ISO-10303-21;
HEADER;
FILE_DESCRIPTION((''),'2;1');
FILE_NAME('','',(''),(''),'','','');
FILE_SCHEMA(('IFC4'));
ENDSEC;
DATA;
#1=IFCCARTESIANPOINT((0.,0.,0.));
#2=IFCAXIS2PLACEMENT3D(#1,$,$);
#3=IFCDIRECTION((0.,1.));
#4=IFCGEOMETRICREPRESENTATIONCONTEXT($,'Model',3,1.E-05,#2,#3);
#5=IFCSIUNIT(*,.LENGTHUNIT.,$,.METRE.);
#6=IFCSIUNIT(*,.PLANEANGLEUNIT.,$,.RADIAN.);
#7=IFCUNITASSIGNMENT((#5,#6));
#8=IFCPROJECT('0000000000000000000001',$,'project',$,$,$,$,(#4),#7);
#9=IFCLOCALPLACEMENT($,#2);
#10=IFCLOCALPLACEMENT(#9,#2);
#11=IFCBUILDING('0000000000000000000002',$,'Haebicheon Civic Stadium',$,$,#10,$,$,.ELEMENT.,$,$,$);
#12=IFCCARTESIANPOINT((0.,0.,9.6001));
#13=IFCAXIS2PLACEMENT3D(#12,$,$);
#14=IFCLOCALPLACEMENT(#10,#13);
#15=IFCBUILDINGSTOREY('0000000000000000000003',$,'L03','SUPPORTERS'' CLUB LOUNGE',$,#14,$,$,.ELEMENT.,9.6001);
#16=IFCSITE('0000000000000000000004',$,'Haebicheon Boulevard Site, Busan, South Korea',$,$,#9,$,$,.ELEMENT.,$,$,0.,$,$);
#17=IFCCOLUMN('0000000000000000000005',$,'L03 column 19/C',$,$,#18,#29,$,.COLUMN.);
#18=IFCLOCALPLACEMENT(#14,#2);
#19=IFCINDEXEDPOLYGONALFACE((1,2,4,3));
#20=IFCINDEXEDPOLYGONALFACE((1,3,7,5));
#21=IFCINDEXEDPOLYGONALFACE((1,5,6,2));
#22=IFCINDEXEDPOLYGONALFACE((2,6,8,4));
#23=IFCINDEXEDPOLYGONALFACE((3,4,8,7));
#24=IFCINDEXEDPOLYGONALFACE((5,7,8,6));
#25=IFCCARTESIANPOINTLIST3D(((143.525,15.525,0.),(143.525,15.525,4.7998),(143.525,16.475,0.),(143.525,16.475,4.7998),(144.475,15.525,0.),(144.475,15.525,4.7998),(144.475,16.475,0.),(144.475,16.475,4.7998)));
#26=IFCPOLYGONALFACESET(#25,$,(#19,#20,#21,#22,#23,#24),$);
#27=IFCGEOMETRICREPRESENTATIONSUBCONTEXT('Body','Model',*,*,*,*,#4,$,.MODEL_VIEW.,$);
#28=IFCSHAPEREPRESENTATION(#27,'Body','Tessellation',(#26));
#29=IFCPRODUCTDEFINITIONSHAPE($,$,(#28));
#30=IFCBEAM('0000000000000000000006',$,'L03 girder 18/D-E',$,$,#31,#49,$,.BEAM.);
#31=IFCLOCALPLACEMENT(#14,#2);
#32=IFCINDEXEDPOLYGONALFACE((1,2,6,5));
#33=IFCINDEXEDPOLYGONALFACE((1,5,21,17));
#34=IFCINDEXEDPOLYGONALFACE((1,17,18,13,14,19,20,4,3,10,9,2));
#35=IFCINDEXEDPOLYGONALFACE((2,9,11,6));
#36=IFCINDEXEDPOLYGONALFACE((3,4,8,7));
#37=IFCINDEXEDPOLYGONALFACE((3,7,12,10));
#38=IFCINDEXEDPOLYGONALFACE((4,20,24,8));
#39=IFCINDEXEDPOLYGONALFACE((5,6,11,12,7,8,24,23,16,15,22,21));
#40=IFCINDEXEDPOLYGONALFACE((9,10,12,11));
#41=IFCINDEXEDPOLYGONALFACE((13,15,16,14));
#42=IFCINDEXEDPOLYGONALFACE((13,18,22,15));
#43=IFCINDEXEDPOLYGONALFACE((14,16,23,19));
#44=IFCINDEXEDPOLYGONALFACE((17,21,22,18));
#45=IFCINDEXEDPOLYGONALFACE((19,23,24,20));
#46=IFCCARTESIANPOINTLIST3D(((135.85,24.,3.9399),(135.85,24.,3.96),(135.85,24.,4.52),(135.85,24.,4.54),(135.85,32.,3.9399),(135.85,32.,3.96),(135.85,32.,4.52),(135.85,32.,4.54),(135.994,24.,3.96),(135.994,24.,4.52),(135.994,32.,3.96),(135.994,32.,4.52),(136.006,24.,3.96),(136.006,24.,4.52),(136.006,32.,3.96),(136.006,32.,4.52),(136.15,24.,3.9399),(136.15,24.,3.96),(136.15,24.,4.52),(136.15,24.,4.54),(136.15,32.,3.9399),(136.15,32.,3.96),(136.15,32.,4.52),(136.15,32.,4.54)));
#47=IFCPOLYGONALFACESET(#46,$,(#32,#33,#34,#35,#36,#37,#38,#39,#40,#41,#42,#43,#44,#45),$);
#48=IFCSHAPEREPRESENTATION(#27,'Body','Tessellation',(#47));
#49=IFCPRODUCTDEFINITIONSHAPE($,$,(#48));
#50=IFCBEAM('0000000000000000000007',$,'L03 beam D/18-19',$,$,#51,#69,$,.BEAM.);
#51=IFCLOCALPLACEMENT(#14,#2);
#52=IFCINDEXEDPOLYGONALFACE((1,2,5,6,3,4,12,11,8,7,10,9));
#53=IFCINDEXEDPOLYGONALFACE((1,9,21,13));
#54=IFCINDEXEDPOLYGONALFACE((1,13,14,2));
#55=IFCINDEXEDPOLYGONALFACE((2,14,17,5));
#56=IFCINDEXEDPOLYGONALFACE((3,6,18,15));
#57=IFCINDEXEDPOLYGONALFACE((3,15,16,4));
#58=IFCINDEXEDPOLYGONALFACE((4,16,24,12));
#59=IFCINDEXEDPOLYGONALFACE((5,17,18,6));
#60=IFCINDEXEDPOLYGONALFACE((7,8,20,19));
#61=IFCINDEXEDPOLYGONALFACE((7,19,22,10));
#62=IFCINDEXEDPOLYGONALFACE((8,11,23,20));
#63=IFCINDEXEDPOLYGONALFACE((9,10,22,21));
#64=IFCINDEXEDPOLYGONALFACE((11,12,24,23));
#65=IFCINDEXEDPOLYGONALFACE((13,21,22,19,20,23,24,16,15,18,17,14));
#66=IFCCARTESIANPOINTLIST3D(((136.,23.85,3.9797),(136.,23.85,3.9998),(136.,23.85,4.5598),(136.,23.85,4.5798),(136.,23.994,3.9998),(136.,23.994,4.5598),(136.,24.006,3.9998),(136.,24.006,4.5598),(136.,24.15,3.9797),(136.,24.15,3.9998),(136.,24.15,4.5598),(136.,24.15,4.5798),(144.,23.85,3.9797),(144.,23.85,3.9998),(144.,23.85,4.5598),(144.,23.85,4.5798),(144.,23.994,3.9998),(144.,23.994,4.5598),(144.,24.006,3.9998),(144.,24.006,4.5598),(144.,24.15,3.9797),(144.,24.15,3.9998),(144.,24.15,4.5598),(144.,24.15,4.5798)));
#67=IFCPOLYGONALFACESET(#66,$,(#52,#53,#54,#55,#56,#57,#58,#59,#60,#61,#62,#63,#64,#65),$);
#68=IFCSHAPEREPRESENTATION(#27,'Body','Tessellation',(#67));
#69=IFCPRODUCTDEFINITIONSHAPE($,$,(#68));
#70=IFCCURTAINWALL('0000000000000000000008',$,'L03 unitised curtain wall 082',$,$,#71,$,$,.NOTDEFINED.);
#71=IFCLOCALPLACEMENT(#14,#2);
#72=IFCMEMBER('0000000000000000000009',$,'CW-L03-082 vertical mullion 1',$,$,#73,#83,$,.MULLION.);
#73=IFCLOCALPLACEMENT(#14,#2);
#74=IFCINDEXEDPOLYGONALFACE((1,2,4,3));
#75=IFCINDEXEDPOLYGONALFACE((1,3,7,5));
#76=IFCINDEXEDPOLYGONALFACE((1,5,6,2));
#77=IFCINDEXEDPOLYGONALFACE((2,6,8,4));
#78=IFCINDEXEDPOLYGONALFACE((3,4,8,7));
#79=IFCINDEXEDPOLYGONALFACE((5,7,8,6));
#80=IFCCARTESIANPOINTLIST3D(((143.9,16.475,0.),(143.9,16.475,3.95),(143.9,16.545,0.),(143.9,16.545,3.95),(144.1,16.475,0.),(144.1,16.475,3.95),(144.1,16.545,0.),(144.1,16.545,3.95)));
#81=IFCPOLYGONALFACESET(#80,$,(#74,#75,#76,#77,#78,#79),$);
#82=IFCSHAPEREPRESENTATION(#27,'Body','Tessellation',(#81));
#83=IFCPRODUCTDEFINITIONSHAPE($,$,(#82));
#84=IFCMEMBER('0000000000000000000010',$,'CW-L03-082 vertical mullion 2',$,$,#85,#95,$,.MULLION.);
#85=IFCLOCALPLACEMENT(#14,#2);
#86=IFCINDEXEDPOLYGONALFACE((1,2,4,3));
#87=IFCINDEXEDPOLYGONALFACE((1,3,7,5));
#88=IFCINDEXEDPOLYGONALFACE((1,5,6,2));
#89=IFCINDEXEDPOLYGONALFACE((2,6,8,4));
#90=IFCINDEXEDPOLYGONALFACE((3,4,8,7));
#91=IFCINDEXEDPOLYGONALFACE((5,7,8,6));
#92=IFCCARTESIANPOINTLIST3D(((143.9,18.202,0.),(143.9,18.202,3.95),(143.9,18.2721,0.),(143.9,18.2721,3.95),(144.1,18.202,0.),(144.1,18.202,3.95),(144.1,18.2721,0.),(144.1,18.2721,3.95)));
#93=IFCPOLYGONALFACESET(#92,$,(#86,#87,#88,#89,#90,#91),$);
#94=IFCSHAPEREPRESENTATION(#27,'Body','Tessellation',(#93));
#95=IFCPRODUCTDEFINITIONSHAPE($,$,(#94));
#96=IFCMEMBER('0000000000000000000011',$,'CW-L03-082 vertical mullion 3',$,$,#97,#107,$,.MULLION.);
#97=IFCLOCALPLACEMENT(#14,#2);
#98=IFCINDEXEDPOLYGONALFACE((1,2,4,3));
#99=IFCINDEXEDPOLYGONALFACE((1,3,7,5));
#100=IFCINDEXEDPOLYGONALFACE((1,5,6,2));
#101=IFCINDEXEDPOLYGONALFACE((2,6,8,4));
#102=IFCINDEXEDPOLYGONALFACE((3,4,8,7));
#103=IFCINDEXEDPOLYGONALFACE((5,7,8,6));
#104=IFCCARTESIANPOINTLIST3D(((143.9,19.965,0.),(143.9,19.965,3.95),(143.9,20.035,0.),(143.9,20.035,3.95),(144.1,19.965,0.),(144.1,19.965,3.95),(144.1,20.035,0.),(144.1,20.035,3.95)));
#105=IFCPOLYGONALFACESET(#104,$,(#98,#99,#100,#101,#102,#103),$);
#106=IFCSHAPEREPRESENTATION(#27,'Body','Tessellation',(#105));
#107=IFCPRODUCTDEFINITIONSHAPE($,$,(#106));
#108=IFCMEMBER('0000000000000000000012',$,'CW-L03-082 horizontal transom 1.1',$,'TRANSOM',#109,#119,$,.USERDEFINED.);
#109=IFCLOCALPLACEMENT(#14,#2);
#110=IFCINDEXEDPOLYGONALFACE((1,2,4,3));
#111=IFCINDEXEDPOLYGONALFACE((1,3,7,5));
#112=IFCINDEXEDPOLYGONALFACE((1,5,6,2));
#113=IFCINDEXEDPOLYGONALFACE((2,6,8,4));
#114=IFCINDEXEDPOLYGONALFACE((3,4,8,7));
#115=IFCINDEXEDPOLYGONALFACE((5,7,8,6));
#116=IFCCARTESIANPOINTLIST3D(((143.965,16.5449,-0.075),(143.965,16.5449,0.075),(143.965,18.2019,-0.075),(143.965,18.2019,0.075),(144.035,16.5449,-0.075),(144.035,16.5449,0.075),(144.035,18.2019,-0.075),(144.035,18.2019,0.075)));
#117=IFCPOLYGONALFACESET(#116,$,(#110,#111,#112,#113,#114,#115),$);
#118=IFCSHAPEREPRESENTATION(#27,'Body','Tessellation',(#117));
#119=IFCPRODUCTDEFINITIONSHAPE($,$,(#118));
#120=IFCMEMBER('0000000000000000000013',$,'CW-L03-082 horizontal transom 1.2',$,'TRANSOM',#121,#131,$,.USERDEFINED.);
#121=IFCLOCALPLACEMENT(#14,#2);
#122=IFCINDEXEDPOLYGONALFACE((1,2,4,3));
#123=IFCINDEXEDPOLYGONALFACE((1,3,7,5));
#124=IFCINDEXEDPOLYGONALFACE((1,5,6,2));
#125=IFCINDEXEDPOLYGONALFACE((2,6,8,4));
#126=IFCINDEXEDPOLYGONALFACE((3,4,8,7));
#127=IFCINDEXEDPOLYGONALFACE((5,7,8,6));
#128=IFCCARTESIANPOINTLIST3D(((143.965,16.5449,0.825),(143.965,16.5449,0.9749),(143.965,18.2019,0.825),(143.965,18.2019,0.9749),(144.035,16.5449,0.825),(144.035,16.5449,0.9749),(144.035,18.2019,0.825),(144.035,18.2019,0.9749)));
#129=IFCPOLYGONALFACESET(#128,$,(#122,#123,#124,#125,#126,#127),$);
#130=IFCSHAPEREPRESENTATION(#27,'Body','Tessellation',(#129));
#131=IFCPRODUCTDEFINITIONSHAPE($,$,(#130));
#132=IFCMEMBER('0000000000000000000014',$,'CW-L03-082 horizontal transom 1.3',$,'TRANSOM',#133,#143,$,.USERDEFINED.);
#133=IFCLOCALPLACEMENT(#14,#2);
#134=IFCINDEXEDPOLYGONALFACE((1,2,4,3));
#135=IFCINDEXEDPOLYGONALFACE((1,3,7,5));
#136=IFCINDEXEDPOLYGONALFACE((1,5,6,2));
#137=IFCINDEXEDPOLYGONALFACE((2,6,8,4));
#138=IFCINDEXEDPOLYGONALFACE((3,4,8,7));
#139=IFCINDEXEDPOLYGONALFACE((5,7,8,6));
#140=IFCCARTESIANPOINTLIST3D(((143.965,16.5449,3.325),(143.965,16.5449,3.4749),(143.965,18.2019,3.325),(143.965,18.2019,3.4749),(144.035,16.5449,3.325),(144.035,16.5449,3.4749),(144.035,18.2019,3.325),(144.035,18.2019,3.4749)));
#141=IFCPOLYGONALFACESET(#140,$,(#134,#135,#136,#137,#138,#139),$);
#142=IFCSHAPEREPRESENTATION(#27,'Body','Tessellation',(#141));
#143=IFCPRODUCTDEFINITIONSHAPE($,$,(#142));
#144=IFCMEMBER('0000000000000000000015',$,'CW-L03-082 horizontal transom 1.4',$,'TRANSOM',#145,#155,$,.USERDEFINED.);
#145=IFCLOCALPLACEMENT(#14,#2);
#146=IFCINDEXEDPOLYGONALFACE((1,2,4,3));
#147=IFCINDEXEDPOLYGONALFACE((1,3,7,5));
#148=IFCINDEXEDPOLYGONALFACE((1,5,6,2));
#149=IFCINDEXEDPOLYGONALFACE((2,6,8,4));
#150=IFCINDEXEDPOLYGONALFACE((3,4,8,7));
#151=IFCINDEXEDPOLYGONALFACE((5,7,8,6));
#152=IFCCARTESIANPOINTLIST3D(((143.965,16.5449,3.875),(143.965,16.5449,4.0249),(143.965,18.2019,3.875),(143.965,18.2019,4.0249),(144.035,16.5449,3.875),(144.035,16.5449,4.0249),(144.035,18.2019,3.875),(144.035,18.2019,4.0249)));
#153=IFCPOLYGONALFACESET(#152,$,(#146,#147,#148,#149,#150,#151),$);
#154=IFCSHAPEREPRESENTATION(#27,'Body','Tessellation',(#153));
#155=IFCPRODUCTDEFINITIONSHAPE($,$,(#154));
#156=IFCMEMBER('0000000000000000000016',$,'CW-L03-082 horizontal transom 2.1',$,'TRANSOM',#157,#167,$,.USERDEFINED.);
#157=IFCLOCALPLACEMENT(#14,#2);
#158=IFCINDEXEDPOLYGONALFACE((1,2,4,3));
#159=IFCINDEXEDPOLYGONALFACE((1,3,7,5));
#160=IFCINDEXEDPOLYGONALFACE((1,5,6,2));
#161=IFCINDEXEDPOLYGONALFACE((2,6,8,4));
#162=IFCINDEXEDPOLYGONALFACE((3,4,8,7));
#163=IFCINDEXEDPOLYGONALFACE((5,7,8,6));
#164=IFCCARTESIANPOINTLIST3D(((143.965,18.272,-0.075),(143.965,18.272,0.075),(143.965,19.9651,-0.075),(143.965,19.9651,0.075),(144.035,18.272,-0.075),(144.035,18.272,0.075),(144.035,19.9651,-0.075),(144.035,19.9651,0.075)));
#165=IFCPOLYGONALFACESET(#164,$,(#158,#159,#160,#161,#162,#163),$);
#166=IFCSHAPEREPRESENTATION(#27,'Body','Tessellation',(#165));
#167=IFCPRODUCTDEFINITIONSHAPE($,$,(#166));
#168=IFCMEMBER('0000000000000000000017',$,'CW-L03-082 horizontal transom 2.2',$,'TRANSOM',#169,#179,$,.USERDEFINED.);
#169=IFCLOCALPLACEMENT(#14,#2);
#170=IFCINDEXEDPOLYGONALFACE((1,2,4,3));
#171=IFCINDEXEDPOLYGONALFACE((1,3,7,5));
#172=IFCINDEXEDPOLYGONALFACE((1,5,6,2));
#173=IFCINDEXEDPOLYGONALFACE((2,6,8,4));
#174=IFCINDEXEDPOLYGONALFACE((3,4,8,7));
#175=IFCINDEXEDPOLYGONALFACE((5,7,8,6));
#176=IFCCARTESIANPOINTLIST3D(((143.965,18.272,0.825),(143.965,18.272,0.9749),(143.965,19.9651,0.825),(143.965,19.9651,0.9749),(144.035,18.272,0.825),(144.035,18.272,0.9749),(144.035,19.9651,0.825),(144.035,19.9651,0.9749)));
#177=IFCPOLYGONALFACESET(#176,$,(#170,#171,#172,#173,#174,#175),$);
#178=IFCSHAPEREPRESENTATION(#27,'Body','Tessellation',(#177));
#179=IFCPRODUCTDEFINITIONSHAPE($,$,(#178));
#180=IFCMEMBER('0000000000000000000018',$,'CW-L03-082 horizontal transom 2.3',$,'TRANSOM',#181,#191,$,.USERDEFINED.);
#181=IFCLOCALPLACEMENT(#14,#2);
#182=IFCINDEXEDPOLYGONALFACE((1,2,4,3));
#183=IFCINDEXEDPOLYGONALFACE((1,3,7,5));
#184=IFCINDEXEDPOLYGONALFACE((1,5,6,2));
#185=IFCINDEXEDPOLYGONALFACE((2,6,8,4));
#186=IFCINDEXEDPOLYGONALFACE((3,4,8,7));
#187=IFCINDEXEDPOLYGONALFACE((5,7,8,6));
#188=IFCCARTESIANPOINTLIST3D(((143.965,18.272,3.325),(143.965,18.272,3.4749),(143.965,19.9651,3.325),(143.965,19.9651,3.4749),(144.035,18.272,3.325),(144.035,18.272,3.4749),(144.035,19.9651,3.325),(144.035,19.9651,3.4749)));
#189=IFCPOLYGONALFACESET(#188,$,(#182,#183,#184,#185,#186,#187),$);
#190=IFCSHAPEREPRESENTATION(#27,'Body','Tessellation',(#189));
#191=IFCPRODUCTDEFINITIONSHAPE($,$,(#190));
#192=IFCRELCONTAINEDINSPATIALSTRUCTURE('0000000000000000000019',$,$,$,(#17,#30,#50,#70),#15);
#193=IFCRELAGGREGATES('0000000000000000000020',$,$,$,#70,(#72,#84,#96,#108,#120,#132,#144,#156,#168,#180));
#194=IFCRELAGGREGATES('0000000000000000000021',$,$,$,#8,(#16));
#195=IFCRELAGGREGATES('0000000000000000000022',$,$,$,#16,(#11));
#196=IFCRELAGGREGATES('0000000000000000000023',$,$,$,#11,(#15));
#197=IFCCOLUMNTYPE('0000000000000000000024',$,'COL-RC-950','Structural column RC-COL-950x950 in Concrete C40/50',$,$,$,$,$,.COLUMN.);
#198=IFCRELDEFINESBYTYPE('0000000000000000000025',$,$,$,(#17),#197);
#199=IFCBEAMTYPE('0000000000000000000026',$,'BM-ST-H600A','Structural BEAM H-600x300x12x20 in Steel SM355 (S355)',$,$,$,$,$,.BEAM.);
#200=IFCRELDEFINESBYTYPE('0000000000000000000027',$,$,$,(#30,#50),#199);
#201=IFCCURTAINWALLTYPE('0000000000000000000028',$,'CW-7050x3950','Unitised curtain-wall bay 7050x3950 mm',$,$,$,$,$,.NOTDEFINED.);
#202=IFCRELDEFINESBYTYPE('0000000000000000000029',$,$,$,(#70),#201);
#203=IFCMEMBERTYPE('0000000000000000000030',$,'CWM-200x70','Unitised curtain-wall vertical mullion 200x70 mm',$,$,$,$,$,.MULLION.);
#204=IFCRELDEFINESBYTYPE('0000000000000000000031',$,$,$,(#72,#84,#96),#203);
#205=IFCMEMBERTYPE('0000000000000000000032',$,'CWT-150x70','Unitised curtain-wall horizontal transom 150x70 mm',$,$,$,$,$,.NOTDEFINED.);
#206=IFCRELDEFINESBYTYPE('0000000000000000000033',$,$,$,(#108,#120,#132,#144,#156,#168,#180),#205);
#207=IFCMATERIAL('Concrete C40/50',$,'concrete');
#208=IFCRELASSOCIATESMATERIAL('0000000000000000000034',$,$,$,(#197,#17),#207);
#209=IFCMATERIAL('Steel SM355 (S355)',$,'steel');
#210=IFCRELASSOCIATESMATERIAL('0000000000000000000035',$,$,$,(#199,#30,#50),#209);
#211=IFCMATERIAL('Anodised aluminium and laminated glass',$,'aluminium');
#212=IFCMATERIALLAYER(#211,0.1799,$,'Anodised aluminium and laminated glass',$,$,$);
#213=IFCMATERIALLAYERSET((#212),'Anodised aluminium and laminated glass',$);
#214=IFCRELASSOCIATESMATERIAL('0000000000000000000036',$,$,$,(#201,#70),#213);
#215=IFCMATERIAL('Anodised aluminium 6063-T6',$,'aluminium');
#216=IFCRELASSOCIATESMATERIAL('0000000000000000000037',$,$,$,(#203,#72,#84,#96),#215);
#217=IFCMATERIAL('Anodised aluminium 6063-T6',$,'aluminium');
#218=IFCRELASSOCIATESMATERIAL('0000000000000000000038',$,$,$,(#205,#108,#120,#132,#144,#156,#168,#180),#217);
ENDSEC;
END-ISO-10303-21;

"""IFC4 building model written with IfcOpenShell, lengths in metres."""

from ifc_helpers import new_model, si_unit, direction, frame, origin, origin_2d, place, context, subcontext, project, spatial, rectangle, i_section, extrude, material, layer, layer_set, material_profile, profile_set, type_object, element, aggregate, save


model = new_model("IFC4")

# Units and contexts
model_context = context("Model", 3, precision=1e-05, world=origin(), true_north=direction((0.0, 1.0)))
body_context = subcontext(model_context, "Body", "Model", "MODEL_VIEW")
ifc_project = project(units=[si_unit("LENGTHUNIT", "METRE"), si_unit("PLANEANGLEUNIT", "RADIAN")], contexts=[model_context])

# Site, building, storey
site_placement = place(None, origin())
site = spatial("IfcSite", under=ifc_project, at=site_placement, Name="Haebicheon Boulevard Site, Busan, South Korea", CompositionType="ELEMENT", RefElevation=0.0)
building_placement = place(site_placement, origin())
building = spatial("IfcBuilding", under=site, at=building_placement, Name="Haebicheon Civic Stadium", CompositionType="ELEMENT")
storey_placement = place(building_placement, frame((0.0, 0.0, 9.6001)))
storey = spatial("IfcBuildingStorey", under=building, at=storey_placement, Name="L03", Description="SUPPORTERS' CLUB LOUNGE", CompositionType="ELEMENT", Elevation=9.6001)

# Column
ifc_material_1 = material(Name="Concrete C40/50", Category="concrete")
ifc_material_profile_1 = material_profile(ifc_material_1, rectangle(XDim=0.95, YDim=0.95, at=origin_2d()), Name="RC-COL-950x950")
ifc_profile_set_1 = profile_set([ifc_material_profile_1], Name="Concrete C40/50")
column_type = type_object("IfcColumnType", Name="COL-RC-950", Description="Structural column RC-COL-950x950 in Concrete C40/50", PredefinedType="COLUMN", material=ifc_profile_set_1)
column_placement = place(storey_placement, frame((144.0, 16.0, 0.0), z_axis=(0.0, 0.0, 1.0), x_axis=(1.0, 0.0, 0.0)))
element("IfcColumn", 1, at=column_placement, inside=storey, type_object=column_type, material=ifc_profile_set_1, Name="L03 column 19/C", PredefinedType="COLUMN", context=body_context, shape_type="SweptSolid", body=[
    extrude(rectangle(XDim=0.95, YDim=0.95, at=origin_2d()), origin(), (0.0, 0.0, 1.0), 4.7998),
])

# Beams
ifc_material_2 = material(Name="Steel SM355 (S355)", Category="steel")
ifc_material_profile_2 = material_profile(ifc_material_2, i_section(OverallWidth=0.3, OverallDepth=0.6001, WebThickness=0.012, FlangeThickness=0.02, at=origin_2d()), Name="H-600x300x12x20")
ifc_profile_set_2 = profile_set([ifc_material_profile_2], Name="Steel SM355 (S355)")
beam_type_1 = type_object("IfcBeamType", Name="BM-ST-H600A", Description="Structural BEAM H-600x300x12x20 in Steel SM355 (S355)", PredefinedType="BEAM", material=ifc_profile_set_2)
for number, where, z_axis, x_axis, name in (
    (2, (136.0, 24.0, 4.24), (0.0, 1.0, 0.0), (-1.0, 0.0, 0.0), "L03 girder 18/D-E"),
    (3, (136.0, 24.0, 4.2798), (1.0, 0.0, 0.0), (0.0, 1.0, 0.0), "L03 beam D/18-19"),
):
    element("IfcBeam", number, at=place(storey_placement, frame(where, z_axis=z_axis, x_axis=x_axis)), inside=storey, type_object=beam_type_1, material=ifc_profile_set_2, Name=name, PredefinedType="BEAM", context=body_context, shape_type="SweptSolid", body=[
        extrude(i_section(OverallWidth=0.3, OverallDepth=0.6001, WebThickness=0.012, FlangeThickness=0.02, at=origin_2d()), origin(), (0.0, 0.0, 1.0), 8.0),
    ])

# Curtain wall, members
ifc_material_3 = material(Name="Anodised aluminium and laminated glass", Category="aluminium")
ifc_layer_1 = layer(ifc_material_3, 0.1799, Name="Anodised aluminium and laminated glass")
ifc_layer_set_1 = layer_set([ifc_layer_1], Name="Anodised aluminium and laminated glass")
curtain_wall_type = type_object("IfcCurtainWallType", Name="CW-7050x3950", Description="Unitised curtain-wall bay 7050x3950 mm", PredefinedType="NOTDEFINED", material=ifc_layer_set_1)
curtain_wall_placement = place(storey_placement, origin())
curtain_wall = element("IfcCurtainWall", 4, at=curtain_wall_placement, inside=storey, type_object=curtain_wall_type, material=ifc_layer_set_1, Name="L03 unitised curtain wall 082", PredefinedType="NOTDEFINED")
ifc_material_4 = material(Name="Anodised aluminium 6063-T6", Category="aluminium")
ifc_material_profile_3 = material_profile(ifc_material_4, rectangle(XDim=0.0701, YDim=0.2, at=origin_2d()), Name="ALU-MULL-70x200")
ifc_profile_set_3 = profile_set([ifc_material_profile_3], Name="Anodised aluminium 6063-T6")
member_type_1 = type_object("IfcMemberType", Name="CWM-200x70", Description="Unitised curtain-wall vertical mullion 200x70 mm", PredefinedType="MULLION", material=ifc_profile_set_3)
member_1_placement = place(storey_placement, frame((144.0, 16.51, 0.0), z_axis=(0.0, 0.0, 1.0), x_axis=(0.0, 1.0, 0.0)))
member_1 = element("IfcMember", 5, at=member_1_placement, type_object=member_type_1, material=ifc_profile_set_3, Name="CW-L03-082 vertical mullion 1", PredefinedType="MULLION", context=body_context, shape_type="SweptSolid", body=[
    extrude(rectangle(XDim=0.0701, YDim=0.2, at=origin_2d()), origin(), (0.0, 0.0, 1.0), 3.95),
])
member_2_placement = place(storey_placement, frame((144.0, 18.2371, 0.0), z_axis=(0.0, 0.0, 1.0), x_axis=(0.0, 1.0, 0.0)))
member_2 = element("IfcMember", 6, at=member_2_placement, type_object=member_type_1, material=ifc_profile_set_3, Name="CW-L03-082 vertical mullion 2", PredefinedType="MULLION", context=body_context, shape_type="SweptSolid", body=[
    extrude(rectangle(XDim=0.0701, YDim=0.2, at=origin_2d()), origin(), (0.0, 0.0, 1.0), 3.95),
])
member_3_placement = place(storey_placement, frame((144.0, 20.0, 0.0), z_axis=(0.0, 0.0, 1.0), x_axis=(0.0, 1.0, 0.0)))
member_3 = element("IfcMember", 7, at=member_3_placement, type_object=member_type_1, material=ifc_profile_set_3, Name="CW-L03-082 vertical mullion 3", PredefinedType="MULLION", context=body_context, shape_type="SweptSolid", body=[
    extrude(rectangle(XDim=0.0701, YDim=0.2, at=origin_2d()), origin(), (0.0, 0.0, 1.0), 3.95),
])
ifc_material_5 = material(Name="Anodised aluminium 6063-T6", Category="aluminium")
ifc_material_profile_4 = material_profile(ifc_material_5, rectangle(XDim=0.0701, YDim=0.1499, at=origin_2d()), Name="ALU-TRAN-70x150")
ifc_profile_set_4 = profile_set([ifc_material_profile_4], Name="Anodised aluminium 6063-T6")
member_type_2 = type_object("IfcMemberType", Name="CWT-150x70", Description="Unitised curtain-wall horizontal transom 150x70 mm", PredefinedType="NOTDEFINED", material=ifc_profile_set_4)
member_4_placement = place(storey_placement, frame((144.0, 16.5449, 0.0), z_axis=(0.0, 1.0, 0.0), x_axis=(-1.0, 0.0, 0.0)))
member_4 = element("IfcMember", 8, at=member_4_placement, type_object=member_type_2, material=ifc_profile_set_4, Name="CW-L03-082 horizontal transom 1.1", ObjectType="TRANSOM", PredefinedType="USERDEFINED", context=body_context, shape_type="SweptSolid", body=[
    extrude(rectangle(XDim=0.0701, YDim=0.1499, at=origin_2d()), origin(), (0.0, 0.0, 1.0), 1.657),
])
member_5_placement = place(storey_placement, frame((144.0, 16.5449, 0.8999), z_axis=(0.0, 1.0, 0.0), x_axis=(-1.0, 0.0, 0.0)))
member_5 = element("IfcMember", 9, at=member_5_placement, type_object=member_type_2, material=ifc_profile_set_4, Name="CW-L03-082 horizontal transom 1.2", ObjectType="TRANSOM", PredefinedType="USERDEFINED", context=body_context, shape_type="SweptSolid", body=[
    extrude(rectangle(XDim=0.0701, YDim=0.1499, at=origin_2d()), origin(), (0.0, 0.0, 1.0), 1.657),
])
member_6_placement = place(storey_placement, frame((144.0, 16.5449, 3.3999), z_axis=(0.0, 1.0, 0.0), x_axis=(-1.0, 0.0, 0.0)))
member_6 = element("IfcMember", 10, at=member_6_placement, type_object=member_type_2, material=ifc_profile_set_4, Name="CW-L03-082 horizontal transom 1.3", ObjectType="TRANSOM", PredefinedType="USERDEFINED", context=body_context, shape_type="SweptSolid", body=[
    extrude(rectangle(XDim=0.0701, YDim=0.1499, at=origin_2d()), origin(), (0.0, 0.0, 1.0), 1.657),
])
member_7_placement = place(storey_placement, frame((144.0, 16.5449, 3.95), z_axis=(0.0, 1.0, 0.0), x_axis=(-1.0, 0.0, 0.0)))
member_7 = element("IfcMember", 11, at=member_7_placement, type_object=member_type_2, material=ifc_profile_set_4, Name="CW-L03-082 horizontal transom 1.4", ObjectType="TRANSOM", PredefinedType="USERDEFINED", context=body_context, shape_type="SweptSolid", body=[
    extrude(rectangle(XDim=0.0701, YDim=0.1499, at=origin_2d()), origin(), (0.0, 0.0, 1.0), 1.657),
])
member_8_placement = place(storey_placement, frame((144.0, 18.272, 0.0), z_axis=(0.0, 1.0, 0.0), x_axis=(-1.0, 0.0, 0.0)))
member_8 = element("IfcMember", 12, at=member_8_placement, type_object=member_type_2, material=ifc_profile_set_4, Name="CW-L03-082 horizontal transom 2.1", ObjectType="TRANSOM", PredefinedType="USERDEFINED", context=body_context, shape_type="SweptSolid", body=[
    extrude(rectangle(XDim=0.0701, YDim=0.1499, at=origin_2d()), origin(), (0.0, 0.0, 1.0), 1.6931),
])
member_9_placement = place(storey_placement, frame((144.0, 18.272, 0.8999), z_axis=(0.0, 1.0, 0.0), x_axis=(-1.0, 0.0, 0.0)))
member_9 = element("IfcMember", 13, at=member_9_placement, type_object=member_type_2, material=ifc_profile_set_4, Name="CW-L03-082 horizontal transom 2.2", ObjectType="TRANSOM", PredefinedType="USERDEFINED", context=body_context, shape_type="SweptSolid", body=[
    extrude(rectangle(XDim=0.0701, YDim=0.1499, at=origin_2d()), origin(), (0.0, 0.0, 1.0), 1.6931),
])
member_10_placement = place(storey_placement, frame((144.0, 18.272, 3.3999), z_axis=(0.0, 1.0, 0.0), x_axis=(-1.0, 0.0, 0.0)))
member_10 = element("IfcMember", 14, at=member_10_placement, type_object=member_type_2, material=ifc_profile_set_4, Name="CW-L03-082 horizontal transom 2.3", ObjectType="TRANSOM", PredefinedType="USERDEFINED", context=body_context, shape_type="SweptSolid", body=[
    extrude(rectangle(XDim=0.0701, YDim=0.1499, at=origin_2d()), origin(), (0.0, 0.0, 1.0), 1.6931),
])

aggregate(curtain_wall, [member_1, member_2, member_3, member_4, member_5, member_6, member_7, member_8, member_9, member_10])

save(model, "model.ifc")
